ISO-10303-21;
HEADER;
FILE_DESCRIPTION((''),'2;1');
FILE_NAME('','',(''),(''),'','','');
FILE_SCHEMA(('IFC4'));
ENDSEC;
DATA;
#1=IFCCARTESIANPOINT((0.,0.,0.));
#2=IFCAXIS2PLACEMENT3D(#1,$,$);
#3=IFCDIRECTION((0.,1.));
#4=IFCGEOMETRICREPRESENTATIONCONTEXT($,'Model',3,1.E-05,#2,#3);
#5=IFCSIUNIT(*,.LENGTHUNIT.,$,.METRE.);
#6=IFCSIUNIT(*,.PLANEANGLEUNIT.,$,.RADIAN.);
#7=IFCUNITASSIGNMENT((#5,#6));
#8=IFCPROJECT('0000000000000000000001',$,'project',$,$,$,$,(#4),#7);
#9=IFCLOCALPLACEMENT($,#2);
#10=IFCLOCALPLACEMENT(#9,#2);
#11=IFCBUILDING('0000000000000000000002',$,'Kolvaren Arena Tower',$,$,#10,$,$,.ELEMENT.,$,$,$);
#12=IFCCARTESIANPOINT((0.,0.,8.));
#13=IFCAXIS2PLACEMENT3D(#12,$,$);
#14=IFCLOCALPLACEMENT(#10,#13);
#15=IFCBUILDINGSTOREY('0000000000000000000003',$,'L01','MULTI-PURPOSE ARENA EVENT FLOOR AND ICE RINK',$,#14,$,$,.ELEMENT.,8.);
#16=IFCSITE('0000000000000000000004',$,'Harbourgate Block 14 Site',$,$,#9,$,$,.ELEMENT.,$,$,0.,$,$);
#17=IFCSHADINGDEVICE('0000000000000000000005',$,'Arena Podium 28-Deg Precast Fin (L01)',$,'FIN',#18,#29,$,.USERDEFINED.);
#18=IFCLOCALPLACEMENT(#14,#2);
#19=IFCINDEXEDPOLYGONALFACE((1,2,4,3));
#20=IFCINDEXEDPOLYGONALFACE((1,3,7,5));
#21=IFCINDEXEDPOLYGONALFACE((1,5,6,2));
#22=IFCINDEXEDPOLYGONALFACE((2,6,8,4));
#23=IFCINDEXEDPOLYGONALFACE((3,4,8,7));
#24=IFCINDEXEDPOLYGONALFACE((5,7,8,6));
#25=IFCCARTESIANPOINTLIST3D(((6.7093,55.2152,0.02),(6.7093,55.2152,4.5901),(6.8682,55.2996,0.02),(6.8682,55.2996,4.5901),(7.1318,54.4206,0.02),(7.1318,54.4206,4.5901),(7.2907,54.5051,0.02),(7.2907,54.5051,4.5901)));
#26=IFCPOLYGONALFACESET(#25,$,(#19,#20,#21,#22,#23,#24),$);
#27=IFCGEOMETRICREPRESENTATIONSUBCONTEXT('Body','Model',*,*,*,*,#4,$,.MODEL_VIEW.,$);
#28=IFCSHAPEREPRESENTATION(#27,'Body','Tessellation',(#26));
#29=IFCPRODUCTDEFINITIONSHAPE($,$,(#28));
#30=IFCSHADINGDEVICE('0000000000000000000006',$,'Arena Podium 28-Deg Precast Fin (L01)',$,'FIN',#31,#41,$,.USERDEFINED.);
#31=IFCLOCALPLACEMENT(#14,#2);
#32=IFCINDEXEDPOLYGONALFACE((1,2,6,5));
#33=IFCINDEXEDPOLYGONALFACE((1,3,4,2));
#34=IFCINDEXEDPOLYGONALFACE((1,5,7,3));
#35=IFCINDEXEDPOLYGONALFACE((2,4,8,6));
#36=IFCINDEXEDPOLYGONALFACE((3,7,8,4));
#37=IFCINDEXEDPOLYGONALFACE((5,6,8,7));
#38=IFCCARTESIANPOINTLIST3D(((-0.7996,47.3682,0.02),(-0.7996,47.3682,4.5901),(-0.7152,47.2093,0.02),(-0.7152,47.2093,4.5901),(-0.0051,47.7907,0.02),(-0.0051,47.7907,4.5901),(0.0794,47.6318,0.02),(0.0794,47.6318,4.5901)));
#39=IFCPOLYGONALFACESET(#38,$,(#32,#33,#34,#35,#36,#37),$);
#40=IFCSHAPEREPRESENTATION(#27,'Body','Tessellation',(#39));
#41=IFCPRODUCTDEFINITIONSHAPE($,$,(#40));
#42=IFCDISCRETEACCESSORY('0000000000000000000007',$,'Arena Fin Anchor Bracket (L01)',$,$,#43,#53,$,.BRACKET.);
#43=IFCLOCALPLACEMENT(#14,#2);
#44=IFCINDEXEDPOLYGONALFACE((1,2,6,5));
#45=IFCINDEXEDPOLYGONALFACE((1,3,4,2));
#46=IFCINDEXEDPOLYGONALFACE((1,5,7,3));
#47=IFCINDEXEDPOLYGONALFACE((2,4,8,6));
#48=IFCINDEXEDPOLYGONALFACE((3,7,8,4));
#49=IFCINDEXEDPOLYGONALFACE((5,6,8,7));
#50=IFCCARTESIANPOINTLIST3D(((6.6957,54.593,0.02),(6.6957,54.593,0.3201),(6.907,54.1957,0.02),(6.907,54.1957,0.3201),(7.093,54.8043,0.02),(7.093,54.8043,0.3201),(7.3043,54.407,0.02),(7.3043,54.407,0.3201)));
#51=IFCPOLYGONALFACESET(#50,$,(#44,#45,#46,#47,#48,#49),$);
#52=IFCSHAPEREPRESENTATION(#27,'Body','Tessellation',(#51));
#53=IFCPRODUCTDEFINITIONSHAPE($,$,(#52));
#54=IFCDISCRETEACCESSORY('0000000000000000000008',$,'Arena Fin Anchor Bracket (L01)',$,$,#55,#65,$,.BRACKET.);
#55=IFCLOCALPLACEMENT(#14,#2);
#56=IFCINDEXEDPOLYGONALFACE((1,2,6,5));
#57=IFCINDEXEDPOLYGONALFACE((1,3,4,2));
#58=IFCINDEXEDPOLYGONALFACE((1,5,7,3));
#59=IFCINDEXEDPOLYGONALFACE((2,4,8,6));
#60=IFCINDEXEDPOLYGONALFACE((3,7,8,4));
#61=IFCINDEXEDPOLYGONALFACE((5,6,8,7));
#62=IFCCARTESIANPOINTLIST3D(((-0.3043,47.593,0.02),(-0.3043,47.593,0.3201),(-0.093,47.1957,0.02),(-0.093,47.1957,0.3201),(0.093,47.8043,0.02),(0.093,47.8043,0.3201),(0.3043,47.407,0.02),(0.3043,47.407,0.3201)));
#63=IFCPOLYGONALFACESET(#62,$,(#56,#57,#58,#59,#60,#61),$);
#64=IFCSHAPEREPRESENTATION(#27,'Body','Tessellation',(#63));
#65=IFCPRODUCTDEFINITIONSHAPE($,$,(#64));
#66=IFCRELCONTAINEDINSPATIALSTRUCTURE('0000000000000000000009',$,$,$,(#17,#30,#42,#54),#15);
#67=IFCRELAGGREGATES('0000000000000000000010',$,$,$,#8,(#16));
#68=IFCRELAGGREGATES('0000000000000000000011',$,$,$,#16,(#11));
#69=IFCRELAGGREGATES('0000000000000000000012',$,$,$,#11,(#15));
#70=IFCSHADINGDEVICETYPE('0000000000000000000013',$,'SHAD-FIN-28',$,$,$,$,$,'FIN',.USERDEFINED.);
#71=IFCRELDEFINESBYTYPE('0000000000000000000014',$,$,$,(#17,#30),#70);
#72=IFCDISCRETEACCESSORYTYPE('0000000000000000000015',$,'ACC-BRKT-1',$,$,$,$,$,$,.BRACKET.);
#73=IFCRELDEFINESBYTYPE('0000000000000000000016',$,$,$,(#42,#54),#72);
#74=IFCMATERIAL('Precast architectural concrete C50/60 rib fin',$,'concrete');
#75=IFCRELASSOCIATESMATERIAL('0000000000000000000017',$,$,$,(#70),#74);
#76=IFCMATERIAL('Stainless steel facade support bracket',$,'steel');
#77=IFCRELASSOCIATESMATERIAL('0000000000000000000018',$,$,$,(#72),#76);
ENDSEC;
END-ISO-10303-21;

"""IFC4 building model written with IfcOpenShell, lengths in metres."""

from ifc_helpers import new_model, si_unit, direction, frame, origin, origin_2d, place, context, subcontext, project, spatial, rectangle, extrude, material, type_object, element, save


model = new_model("IFC4")

# Units and contexts
model_context = context("Model", 3, precision=1e-05, world=origin(), true_north=direction((0.0, 1.0)))
body_context = subcontext(model_context, "Body", "Model", "MODEL_VIEW")
ifc_project = project(units=[si_unit("LENGTHUNIT", "METRE"), si_unit("PLANEANGLEUNIT", "RADIAN")], contexts=[model_context])

# Site, building, storey
site_placement = place(None, origin())
site = spatial("IfcSite", under=ifc_project, at=site_placement, Name="Harbourgate Block 14 Site", CompositionType="ELEMENT", RefElevation=0.0)
building_placement = place(site_placement, origin())
building = spatial("IfcBuilding", under=site, at=building_placement, Name="Kolvaren Arena Tower", CompositionType="ELEMENT")
storey_placement = place(building_placement, frame((0.0, 0.0, 8.0)))
storey = spatial("IfcBuildingStorey", under=building, at=storey_placement, Name="L01", Description="MULTI-PURPOSE ARENA EVENT FLOOR AND ICE RINK", CompositionType="ELEMENT", Elevation=8.0)

# Shading devices
ifc_material_1 = material(Name="Precast architectural concrete C50/60 rib fin", Category="concrete")
shading_device_type = type_object("IfcShadingDeviceType", Name="SHAD-FIN-28", ElementType="FIN", PredefinedType="USERDEFINED", material=ifc_material_1)
for number, where, z_axis, x_axis, name in (
    (1, (7.0, 54.8601, 0.02), (0.0, 0.0, 1.0), (-0.469472, 0.882948, 0.0), "Arena Podium 28-Deg Precast Fin (L01)"),
    (2, (-0.3601, 47.5, 0.02), (0.0, 0.0, 1.0), (-0.882948, -0.469472, 0.0), "Arena Podium 28-Deg Precast Fin (L01)"),
):
    element("IfcShadingDevice", number, at=place(storey_placement, frame(where, z_axis=z_axis, x_axis=x_axis)), inside=storey, type_object=shading_device_type, Name=name, ObjectType="FIN", PredefinedType="USERDEFINED", context=body_context, shape_type="SweptSolid", body=[
        extrude(rectangle(XDim=0.8999, YDim=0.1799, at=origin_2d()), origin(), (0.0, 0.0, 1.0), 4.5701),
    ])

# Discrete accessories
ifc_material_2 = material(Name="Stainless steel facade support bracket", Category="steel")
discrete_accessory_type = type_object("IfcDiscreteAccessoryType", Name="ACC-BRKT-1", PredefinedType="BRACKET", material=ifc_material_2)
for number, where, z_axis, x_axis, name in (
    (3, (7.0, 54.5, 0.02), (0.0, 0.0, 1.0), (-0.469472, 0.882948, 0.0), "Arena Fin Anchor Bracket (L01)"),
    (4, (0.0, 47.5, 0.02), (0.0, 0.0, 1.0), (-0.882948, -0.469472, 0.0), "Arena Fin Anchor Bracket (L01)"),
):
    element("IfcDiscreteAccessory", number, at=place(storey_placement, frame(where, z_axis=z_axis, x_axis=x_axis)), inside=storey, type_object=discrete_accessory_type, Name=name, PredefinedType="BRACKET", context=body_context, shape_type="SweptSolid", body=[
        extrude(rectangle(XDim=0.45, YDim=0.45, at=origin_2d()), origin(), (0.0, 0.0, 1.0), 0.3),
    ])

save(model, "model.ifc")
